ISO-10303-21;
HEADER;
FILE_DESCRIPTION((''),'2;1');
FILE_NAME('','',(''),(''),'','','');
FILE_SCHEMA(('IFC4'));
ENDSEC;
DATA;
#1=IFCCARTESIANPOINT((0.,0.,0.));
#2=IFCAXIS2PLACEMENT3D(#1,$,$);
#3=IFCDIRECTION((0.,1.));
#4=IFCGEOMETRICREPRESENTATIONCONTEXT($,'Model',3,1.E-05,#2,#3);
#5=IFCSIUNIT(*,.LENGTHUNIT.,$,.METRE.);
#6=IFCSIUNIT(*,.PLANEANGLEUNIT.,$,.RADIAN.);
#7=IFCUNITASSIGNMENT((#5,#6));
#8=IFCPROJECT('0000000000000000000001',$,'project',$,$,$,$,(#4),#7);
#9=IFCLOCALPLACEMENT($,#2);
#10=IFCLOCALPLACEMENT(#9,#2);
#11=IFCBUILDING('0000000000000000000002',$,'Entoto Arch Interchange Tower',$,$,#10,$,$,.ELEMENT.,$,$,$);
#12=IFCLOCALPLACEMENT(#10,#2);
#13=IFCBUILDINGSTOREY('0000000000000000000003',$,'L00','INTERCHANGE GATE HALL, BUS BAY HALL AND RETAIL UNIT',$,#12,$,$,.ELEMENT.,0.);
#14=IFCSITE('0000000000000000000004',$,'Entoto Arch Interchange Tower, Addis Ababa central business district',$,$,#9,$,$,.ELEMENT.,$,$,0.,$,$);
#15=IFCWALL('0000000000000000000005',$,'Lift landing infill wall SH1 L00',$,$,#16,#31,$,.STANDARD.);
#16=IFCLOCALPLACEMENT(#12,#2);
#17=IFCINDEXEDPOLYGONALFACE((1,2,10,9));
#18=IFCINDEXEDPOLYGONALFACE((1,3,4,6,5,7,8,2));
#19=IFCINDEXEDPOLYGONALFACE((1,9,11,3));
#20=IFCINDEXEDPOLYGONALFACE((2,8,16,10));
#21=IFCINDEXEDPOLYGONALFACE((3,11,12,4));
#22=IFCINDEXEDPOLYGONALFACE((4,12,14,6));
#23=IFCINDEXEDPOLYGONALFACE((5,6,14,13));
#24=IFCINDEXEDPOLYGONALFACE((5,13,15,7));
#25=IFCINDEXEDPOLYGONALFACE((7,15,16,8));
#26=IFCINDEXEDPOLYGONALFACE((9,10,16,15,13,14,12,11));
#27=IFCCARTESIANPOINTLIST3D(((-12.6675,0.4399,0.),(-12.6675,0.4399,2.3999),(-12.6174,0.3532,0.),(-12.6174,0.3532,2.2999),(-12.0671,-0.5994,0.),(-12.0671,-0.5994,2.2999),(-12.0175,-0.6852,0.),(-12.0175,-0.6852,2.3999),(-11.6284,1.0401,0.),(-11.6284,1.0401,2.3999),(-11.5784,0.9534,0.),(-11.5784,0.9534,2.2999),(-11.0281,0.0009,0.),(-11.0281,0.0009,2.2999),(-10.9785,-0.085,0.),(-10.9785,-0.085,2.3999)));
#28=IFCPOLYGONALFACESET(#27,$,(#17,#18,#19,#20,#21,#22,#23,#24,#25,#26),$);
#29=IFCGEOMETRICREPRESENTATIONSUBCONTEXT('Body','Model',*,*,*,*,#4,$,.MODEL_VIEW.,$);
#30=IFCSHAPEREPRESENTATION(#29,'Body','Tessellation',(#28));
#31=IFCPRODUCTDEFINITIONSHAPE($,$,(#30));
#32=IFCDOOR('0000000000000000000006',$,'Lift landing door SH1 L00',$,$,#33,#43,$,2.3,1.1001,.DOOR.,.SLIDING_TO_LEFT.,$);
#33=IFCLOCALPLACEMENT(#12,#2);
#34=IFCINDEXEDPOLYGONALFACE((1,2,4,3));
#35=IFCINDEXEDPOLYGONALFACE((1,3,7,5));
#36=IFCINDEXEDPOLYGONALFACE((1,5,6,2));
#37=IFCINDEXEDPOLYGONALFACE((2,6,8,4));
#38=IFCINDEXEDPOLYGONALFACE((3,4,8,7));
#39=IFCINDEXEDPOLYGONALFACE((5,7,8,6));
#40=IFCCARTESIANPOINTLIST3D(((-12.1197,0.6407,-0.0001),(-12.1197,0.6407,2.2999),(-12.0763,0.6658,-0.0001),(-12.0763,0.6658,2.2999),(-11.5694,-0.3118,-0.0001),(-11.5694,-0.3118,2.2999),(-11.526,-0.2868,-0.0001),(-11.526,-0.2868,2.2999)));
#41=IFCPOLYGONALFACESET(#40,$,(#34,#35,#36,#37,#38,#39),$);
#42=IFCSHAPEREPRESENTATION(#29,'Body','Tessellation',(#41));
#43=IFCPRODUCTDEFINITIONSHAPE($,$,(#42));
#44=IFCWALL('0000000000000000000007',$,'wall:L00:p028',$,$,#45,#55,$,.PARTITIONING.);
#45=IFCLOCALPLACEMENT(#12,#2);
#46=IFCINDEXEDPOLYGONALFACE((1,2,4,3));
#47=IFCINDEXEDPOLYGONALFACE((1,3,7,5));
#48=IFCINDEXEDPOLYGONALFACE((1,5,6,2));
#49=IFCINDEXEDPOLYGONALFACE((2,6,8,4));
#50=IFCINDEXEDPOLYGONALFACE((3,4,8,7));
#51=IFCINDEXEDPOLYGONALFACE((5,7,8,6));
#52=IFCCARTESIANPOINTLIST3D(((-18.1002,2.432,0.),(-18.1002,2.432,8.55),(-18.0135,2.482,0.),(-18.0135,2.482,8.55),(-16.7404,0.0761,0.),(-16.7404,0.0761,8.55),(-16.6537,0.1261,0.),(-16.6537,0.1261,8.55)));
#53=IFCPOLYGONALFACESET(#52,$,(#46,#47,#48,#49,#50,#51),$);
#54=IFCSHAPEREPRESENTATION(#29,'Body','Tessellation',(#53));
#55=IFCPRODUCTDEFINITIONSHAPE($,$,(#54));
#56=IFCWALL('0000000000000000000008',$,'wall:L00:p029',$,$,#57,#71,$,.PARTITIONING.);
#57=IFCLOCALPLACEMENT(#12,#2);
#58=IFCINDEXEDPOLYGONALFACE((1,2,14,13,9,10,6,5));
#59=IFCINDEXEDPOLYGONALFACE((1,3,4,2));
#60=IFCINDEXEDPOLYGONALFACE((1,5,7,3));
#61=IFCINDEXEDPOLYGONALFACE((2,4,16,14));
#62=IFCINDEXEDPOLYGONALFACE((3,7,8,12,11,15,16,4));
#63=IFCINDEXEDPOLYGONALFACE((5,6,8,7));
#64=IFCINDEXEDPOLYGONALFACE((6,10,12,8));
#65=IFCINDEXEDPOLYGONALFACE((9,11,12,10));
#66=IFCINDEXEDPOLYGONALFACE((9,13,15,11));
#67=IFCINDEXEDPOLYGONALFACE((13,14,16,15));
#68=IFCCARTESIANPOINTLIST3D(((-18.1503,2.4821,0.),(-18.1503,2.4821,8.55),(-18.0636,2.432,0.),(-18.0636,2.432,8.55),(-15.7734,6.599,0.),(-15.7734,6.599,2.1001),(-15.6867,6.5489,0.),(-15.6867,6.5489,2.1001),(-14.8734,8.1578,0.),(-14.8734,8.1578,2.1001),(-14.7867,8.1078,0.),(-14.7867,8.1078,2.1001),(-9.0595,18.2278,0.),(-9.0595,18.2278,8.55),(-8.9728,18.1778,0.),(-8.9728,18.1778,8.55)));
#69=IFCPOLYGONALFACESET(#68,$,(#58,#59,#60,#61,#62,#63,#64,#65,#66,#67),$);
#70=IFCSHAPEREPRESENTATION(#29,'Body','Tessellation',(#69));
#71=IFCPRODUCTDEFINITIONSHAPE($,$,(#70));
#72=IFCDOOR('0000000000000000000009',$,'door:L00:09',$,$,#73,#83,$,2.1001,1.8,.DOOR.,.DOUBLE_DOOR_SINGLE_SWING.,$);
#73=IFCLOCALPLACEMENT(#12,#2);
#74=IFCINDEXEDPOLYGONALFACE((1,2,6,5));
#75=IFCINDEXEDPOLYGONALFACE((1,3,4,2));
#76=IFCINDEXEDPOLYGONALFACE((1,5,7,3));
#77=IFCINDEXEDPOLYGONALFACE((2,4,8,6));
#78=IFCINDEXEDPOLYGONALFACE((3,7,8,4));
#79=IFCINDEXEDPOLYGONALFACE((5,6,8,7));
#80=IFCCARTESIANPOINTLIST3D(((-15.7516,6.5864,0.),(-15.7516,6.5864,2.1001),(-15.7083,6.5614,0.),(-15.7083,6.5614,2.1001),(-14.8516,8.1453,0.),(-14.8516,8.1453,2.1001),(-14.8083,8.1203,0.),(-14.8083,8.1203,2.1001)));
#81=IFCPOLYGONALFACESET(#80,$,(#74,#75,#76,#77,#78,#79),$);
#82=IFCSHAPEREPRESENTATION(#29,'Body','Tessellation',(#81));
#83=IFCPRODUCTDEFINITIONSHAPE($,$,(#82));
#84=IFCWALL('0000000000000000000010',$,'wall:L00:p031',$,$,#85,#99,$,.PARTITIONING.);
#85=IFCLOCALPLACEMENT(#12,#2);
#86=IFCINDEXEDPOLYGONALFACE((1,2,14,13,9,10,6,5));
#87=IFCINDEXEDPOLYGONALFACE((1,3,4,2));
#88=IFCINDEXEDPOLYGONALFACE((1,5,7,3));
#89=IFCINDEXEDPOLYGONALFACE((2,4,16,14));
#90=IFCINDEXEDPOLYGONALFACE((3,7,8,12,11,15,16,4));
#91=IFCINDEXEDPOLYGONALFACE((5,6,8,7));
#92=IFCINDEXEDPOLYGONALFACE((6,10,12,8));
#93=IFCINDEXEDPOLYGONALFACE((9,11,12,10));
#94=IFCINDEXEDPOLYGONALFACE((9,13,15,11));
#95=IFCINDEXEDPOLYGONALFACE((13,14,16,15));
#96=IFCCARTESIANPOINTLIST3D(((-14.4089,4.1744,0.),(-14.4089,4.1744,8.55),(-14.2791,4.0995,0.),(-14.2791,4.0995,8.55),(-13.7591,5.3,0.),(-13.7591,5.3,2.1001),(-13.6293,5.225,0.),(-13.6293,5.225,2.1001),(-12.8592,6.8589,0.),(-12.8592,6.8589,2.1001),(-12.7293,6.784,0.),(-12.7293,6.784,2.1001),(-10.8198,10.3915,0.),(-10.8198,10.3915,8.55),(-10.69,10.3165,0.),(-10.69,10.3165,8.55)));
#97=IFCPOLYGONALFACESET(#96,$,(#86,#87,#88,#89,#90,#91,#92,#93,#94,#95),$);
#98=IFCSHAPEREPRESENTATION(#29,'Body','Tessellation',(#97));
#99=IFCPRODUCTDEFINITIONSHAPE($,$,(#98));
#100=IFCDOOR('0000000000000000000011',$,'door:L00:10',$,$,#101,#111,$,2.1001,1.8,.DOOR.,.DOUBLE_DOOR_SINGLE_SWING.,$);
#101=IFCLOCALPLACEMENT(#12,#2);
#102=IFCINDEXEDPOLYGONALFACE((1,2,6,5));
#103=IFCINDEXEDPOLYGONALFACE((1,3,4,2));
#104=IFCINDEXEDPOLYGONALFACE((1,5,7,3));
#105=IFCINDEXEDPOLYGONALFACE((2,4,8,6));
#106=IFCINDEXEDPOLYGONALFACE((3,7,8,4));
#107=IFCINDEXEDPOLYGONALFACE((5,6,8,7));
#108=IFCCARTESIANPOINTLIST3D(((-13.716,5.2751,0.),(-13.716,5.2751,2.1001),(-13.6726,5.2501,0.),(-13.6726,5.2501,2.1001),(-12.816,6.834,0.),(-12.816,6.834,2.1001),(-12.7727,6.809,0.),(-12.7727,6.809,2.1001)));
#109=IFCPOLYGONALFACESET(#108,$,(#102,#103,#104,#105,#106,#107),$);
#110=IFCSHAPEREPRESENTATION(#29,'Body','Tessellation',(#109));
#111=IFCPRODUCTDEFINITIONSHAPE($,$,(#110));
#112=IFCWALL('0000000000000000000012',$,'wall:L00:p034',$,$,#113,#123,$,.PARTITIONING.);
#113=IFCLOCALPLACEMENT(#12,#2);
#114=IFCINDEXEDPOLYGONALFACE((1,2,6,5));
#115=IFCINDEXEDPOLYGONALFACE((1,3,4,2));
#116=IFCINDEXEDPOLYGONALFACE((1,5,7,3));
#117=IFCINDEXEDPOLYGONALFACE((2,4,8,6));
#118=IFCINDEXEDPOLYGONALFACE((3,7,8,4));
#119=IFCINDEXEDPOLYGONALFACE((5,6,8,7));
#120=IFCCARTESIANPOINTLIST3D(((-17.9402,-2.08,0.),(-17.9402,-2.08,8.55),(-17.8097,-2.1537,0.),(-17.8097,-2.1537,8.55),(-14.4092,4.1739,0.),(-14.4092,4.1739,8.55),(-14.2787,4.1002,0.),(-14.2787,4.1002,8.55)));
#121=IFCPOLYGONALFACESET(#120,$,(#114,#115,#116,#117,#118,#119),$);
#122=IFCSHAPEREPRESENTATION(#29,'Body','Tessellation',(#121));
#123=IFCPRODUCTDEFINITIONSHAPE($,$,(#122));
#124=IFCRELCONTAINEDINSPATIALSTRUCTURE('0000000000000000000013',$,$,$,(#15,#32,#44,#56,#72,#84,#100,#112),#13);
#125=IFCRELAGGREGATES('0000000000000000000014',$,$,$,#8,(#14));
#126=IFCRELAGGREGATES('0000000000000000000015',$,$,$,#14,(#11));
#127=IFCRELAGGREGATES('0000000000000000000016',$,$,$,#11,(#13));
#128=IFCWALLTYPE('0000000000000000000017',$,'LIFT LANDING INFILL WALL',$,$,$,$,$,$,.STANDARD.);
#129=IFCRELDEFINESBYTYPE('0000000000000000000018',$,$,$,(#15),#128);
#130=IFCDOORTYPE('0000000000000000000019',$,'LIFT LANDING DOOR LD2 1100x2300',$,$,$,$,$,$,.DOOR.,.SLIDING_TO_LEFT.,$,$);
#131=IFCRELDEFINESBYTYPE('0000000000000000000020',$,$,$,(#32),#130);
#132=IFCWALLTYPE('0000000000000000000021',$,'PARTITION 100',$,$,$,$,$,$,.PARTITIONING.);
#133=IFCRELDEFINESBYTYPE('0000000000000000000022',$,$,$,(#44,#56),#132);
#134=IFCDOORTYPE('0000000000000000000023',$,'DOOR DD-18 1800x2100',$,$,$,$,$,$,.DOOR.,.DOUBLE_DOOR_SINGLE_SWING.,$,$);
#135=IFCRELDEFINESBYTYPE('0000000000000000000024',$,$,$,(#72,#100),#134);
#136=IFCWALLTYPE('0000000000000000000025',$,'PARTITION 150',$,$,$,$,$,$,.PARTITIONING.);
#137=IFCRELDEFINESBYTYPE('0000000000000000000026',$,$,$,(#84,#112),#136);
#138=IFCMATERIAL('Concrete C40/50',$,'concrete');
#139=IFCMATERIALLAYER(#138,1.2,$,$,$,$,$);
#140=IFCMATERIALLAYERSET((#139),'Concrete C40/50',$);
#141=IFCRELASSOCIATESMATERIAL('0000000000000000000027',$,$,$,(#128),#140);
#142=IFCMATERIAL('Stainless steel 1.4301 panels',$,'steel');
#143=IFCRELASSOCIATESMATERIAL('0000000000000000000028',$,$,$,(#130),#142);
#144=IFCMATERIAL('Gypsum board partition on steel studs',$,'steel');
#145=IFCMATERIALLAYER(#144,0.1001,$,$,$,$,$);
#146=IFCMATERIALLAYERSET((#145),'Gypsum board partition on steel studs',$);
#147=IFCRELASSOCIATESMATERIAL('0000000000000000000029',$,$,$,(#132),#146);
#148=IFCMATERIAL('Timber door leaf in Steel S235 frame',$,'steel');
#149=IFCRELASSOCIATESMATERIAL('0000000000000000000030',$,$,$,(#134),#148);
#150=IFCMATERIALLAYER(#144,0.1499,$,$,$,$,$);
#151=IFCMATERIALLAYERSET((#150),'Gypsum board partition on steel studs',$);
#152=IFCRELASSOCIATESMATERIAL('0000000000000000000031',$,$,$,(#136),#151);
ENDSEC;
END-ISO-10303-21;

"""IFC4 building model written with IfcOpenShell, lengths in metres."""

from ifc_helpers import new_model, si_unit, direction, frame, frame_2d, origin, place, context, subcontext, project, spatial, rectangle, extrude, material, layer, layer_set, type_object, element, fill, save


model = new_model("IFC4")

# Units and contexts
model_context = context("Model", 3, precision=1e-05, world=origin(), true_north=direction((0.0, 1.0)))
body_context = subcontext(model_context, "Body", "Model", "MODEL_VIEW")
ifc_project = project(units=[si_unit("LENGTHUNIT", "METRE"), si_unit("PLANEANGLEUNIT", "RADIAN")], contexts=[model_context])

# Site, building, storey
site_placement = place(None, origin())
site = spatial("IfcSite", under=ifc_project, at=site_placement, Name="Entoto Arch Interchange Tower, Addis Ababa central business district", CompositionType="ELEMENT", RefElevation=0.0)
building_placement = place(site_placement, origin())
building = spatial("IfcBuilding", under=site, at=building_placement, Name="Entoto Arch Interchange Tower", CompositionType="ELEMENT")
storey_placement = place(building_placement, origin())
storey = spatial("IfcBuildingStorey", under=building, at=storey_placement, Name="L00", Description="INTERCHANGE GATE HALL, BUS BAY HALL AND RETAIL UNIT", CompositionType="ELEMENT", Elevation=0.0)

# Wall, opening, door
ifc_material_1 = material(Name="Concrete C40/50", Category="concrete")
ifc_layer_1 = layer(ifc_material_1, 1.2)
ifc_layer_set_1 = layer_set([ifc_layer_1], Name="Concrete C40/50")
wall_type_1 = type_object("IfcWallType", Name="LIFT LANDING INFILL WALL", PredefinedType="STANDARD", material=ifc_layer_set_1)
wall_1_placement = place(storey_placement, frame((-12.1479, 0.74, 0.0), z_axis=(0.0, 0.0, 1.0), x_axis=(0.500221, -0.865898, 0.0)))
wall_1 = element("IfcWall", 1, at=wall_1_placement, inside=storey, type_object=wall_type_1, Name="Lift landing infill wall SH1 L00", PredefinedType="STANDARD", context=body_context, shape_type="SweptSolid", body=[
    extrude(rectangle(XDim=1.2993, YDim=1.2, at=frame_2d((0.6497, 0.0))), origin(), (0.0, 0.0, 1.0), 2.3999),
])
opening_1_placement = place(wall_1_placement, frame((0.1001, 0.0, 0.0)))
opening_1 = element("IfcOpeningElement", 2, at=opening_1_placement, cuts=wall_1, PredefinedType="OPENING", context=body_context, shape_type="SweptSolid", body=[
    extrude(rectangle(XDim=1.1001, YDim=2.3, at=frame_2d((0.55, 1.1499))), frame((0.0, 0.6099, 0.0), z_axis=(0.0, -1.0, 0.0), x_axis=(1.0, 0.0, 0.0)), (0.0, 0.0, 1.0), 1.22),
])
ifc_material_2 = material(Name="Stainless steel 1.4301 panels", Category="steel")
door_type_1 = type_object("IfcDoorType", Name="LIFT LANDING DOOR LD2 1100x2300", OperationType="SLIDING_TO_LEFT", PredefinedType="DOOR", material=ifc_material_2)
door_1_placement = place(opening_1_placement, origin())
door_1 = element("IfcDoor", 3, at=door_1_placement, inside=storey, type_object=door_type_1, Name="Lift landing door SH1 L00", OperationType="SLIDING_TO_LEFT", OverallHeight=2.3, OverallWidth=1.1001, PredefinedType="DOOR", context=body_context, shape_type="SweptSolid", body=[
    extrude(rectangle(XDim=1.1001, YDim=2.3, at=frame_2d((0.55, 1.1499))), frame((0.0, 0.0249, 0.0), z_axis=(0.0, -1.0, 0.0), x_axis=(1.0, 0.0, 0.0)), (0.0, 0.0, 1.0), 0.05),
])
fill(opening_1, door_1)

# Wall
ifc_material_3 = material(Name="Gypsum board partition on steel studs", Category="steel")
ifc_layer_2 = layer(ifc_material_3, 0.1001)
ifc_layer_set_2 = layer_set([ifc_layer_2], Name="Gypsum board partition on steel studs")
wall_type_2 = type_object("IfcWallType", Name="PARTITION 100", PredefinedType="PARTITIONING", material=ifc_layer_set_2)
wall_2_placement = place(storey_placement, frame((-16.697, 0.1011, 0.0), z_axis=(0.0, 0.0, 1.0), x_axis=(-0.499904, 0.866081, 0.0)))
element("IfcWall", 4, at=wall_2_placement, inside=storey, type_object=wall_type_2, Name="wall:L00:p028", PredefinedType="PARTITIONING", context=body_context, shape_type="SweptSolid", body=[
    extrude(rectangle(XDim=2.7202, YDim=0.1001, at=frame_2d((1.3601, 0.0))), origin(), (0.0, 0.0, 1.0), 8.55),
])

# Walls, openings, doors
wall_3_placement = place(storey_placement, frame((-18.1069, 2.457, 0.0), z_axis=(0.0, 0.0, 1.0), x_axis=(0.499998, 0.866027, 0.0)))
wall_3 = element("IfcWall", 5, at=wall_3_placement, inside=storey, type_object=wall_type_2, Name="wall:L00:p029", PredefinedType="PARTITIONING", context=body_context, shape_type="SweptSolid", body=[
    extrude(rectangle(XDim=18.1816, YDim=0.1001, at=frame_2d((9.0908, 0.0))), origin(), (0.0, 0.0, 1.0), 8.55),
])
opening_2_placement = place(wall_3_placement, frame((4.7539, 0.0, 0.0)))
opening_2 = element("IfcOpeningElement", 6, at=opening_2_placement, cuts=wall_3, PredefinedType="OPENING", context=body_context, shape_type="SweptSolid", body=[
    extrude(rectangle(XDim=1.8, YDim=2.1001, at=frame_2d((0.8999, 1.05))), frame((0.0, 0.0601, 0.0), z_axis=(0.0, -1.0, 0.0), x_axis=(1.0, 0.0, 0.0)), (0.0, 0.0, 1.0), 0.1201),
])
ifc_material_4 = material(Name="Timber door leaf in Steel S235 frame", Category="steel")
door_type_2 = type_object("IfcDoorType", Name="DOOR DD-18 1800x2100", OperationType="DOUBLE_DOOR_SINGLE_SWING", PredefinedType="DOOR", material=ifc_material_4)
door_2_placement = place(opening_2_placement, origin())
door_2 = element("IfcDoor", 7, at=door_2_placement, inside=storey, type_object=door_type_2, Name="door:L00:09", OperationType="DOUBLE_DOOR_SINGLE_SWING", OverallHeight=2.1001, OverallWidth=1.8, PredefinedType="DOOR", context=body_context, shape_type="SweptSolid", body=[
    extrude(rectangle(XDim=1.8, YDim=2.1001, at=frame_2d((0.8999, 1.05))), frame((0.0, 0.0249, 0.0), z_axis=(0.0, -1.0, 0.0), x_axis=(1.0, 0.0, 0.0)), (0.0, 0.0, 1.0), 0.05),
])
fill(opening_2, door_2)
ifc_layer_3 = layer(ifc_material_3, 0.1499)
ifc_layer_set_3 = layer_set([ifc_layer_3], Name="Gypsum board partition on steel studs")
wall_type_3 = type_object("IfcWallType", Name="PARTITION 150", PredefinedType="PARTITIONING", material=ifc_layer_set_3)
wall_4_placement = place(storey_placement, frame((-10.7549, 10.354, 0.0), z_axis=(0.0, 0.0, 1.0), x_axis=(-0.499969, -0.866043, 0.0)))
wall_4 = element("IfcWall", 8, at=wall_4_placement, inside=storey, type_object=wall_type_3, Name="wall:L00:p031", PredefinedType="PARTITIONING", context=body_context, shape_type="SweptSolid", body=[
    extrude(rectangle(XDim=7.1787, YDim=0.1499, at=frame_2d((3.5894, 0.0))), origin(), (0.0, 0.0, 1.0), 8.55),
])
opening_3_placement = place(wall_4_placement, frame((4.0791, 0.0, 0.0)))
opening_3 = element("IfcOpeningElement", 9, at=opening_3_placement, cuts=wall_4, PredefinedType="OPENING", context=body_context, shape_type="SweptSolid", body=[
    extrude(rectangle(XDim=1.8, YDim=2.1001, at=frame_2d((0.8999, 1.05))), frame((0.0, 0.085, 0.0), z_axis=(0.0, -1.0, 0.0), x_axis=(1.0, 0.0, 0.0)), (0.0, 0.0, 1.0), 0.1699),
])
door_3_placement = place(opening_3_placement, origin())
door_3 = element("IfcDoor", 10, at=door_3_placement, inside=storey, type_object=door_type_2, Name="door:L00:10", OperationType="DOUBLE_DOOR_SINGLE_SWING", OverallHeight=2.1001, OverallWidth=1.8, PredefinedType="DOOR", context=body_context, shape_type="SweptSolid", body=[
    extrude(rectangle(XDim=1.8, YDim=2.1001, at=frame_2d((0.8999, 1.05))), frame((0.0, 0.0249, 0.0), z_axis=(0.0, -1.0, 0.0), x_axis=(1.0, 0.0, 0.0)), (0.0, 0.0, 1.0), 0.05),
])
fill(opening_3, door_3)

# Wall
wall_5_placement = place(storey_placement, frame((-14.344, 4.137, 0.0), z_axis=(0.0, 0.0, 1.0), x_axis=(-0.491655, -0.87079, 0.0)))
element("IfcWall", 11, at=wall_5_placement, inside=storey, type_object=wall_type_3, Name="wall:L00:p034", PredefinedType="PARTITIONING", context=body_context, shape_type="SweptSolid", body=[
    extrude(rectangle(XDim=7.1819, YDim=0.1499, at=frame_2d((3.5908, 0.0))), origin(), (0.0, 0.0, 1.0), 8.55),
])

save(model, "model.ifc")
